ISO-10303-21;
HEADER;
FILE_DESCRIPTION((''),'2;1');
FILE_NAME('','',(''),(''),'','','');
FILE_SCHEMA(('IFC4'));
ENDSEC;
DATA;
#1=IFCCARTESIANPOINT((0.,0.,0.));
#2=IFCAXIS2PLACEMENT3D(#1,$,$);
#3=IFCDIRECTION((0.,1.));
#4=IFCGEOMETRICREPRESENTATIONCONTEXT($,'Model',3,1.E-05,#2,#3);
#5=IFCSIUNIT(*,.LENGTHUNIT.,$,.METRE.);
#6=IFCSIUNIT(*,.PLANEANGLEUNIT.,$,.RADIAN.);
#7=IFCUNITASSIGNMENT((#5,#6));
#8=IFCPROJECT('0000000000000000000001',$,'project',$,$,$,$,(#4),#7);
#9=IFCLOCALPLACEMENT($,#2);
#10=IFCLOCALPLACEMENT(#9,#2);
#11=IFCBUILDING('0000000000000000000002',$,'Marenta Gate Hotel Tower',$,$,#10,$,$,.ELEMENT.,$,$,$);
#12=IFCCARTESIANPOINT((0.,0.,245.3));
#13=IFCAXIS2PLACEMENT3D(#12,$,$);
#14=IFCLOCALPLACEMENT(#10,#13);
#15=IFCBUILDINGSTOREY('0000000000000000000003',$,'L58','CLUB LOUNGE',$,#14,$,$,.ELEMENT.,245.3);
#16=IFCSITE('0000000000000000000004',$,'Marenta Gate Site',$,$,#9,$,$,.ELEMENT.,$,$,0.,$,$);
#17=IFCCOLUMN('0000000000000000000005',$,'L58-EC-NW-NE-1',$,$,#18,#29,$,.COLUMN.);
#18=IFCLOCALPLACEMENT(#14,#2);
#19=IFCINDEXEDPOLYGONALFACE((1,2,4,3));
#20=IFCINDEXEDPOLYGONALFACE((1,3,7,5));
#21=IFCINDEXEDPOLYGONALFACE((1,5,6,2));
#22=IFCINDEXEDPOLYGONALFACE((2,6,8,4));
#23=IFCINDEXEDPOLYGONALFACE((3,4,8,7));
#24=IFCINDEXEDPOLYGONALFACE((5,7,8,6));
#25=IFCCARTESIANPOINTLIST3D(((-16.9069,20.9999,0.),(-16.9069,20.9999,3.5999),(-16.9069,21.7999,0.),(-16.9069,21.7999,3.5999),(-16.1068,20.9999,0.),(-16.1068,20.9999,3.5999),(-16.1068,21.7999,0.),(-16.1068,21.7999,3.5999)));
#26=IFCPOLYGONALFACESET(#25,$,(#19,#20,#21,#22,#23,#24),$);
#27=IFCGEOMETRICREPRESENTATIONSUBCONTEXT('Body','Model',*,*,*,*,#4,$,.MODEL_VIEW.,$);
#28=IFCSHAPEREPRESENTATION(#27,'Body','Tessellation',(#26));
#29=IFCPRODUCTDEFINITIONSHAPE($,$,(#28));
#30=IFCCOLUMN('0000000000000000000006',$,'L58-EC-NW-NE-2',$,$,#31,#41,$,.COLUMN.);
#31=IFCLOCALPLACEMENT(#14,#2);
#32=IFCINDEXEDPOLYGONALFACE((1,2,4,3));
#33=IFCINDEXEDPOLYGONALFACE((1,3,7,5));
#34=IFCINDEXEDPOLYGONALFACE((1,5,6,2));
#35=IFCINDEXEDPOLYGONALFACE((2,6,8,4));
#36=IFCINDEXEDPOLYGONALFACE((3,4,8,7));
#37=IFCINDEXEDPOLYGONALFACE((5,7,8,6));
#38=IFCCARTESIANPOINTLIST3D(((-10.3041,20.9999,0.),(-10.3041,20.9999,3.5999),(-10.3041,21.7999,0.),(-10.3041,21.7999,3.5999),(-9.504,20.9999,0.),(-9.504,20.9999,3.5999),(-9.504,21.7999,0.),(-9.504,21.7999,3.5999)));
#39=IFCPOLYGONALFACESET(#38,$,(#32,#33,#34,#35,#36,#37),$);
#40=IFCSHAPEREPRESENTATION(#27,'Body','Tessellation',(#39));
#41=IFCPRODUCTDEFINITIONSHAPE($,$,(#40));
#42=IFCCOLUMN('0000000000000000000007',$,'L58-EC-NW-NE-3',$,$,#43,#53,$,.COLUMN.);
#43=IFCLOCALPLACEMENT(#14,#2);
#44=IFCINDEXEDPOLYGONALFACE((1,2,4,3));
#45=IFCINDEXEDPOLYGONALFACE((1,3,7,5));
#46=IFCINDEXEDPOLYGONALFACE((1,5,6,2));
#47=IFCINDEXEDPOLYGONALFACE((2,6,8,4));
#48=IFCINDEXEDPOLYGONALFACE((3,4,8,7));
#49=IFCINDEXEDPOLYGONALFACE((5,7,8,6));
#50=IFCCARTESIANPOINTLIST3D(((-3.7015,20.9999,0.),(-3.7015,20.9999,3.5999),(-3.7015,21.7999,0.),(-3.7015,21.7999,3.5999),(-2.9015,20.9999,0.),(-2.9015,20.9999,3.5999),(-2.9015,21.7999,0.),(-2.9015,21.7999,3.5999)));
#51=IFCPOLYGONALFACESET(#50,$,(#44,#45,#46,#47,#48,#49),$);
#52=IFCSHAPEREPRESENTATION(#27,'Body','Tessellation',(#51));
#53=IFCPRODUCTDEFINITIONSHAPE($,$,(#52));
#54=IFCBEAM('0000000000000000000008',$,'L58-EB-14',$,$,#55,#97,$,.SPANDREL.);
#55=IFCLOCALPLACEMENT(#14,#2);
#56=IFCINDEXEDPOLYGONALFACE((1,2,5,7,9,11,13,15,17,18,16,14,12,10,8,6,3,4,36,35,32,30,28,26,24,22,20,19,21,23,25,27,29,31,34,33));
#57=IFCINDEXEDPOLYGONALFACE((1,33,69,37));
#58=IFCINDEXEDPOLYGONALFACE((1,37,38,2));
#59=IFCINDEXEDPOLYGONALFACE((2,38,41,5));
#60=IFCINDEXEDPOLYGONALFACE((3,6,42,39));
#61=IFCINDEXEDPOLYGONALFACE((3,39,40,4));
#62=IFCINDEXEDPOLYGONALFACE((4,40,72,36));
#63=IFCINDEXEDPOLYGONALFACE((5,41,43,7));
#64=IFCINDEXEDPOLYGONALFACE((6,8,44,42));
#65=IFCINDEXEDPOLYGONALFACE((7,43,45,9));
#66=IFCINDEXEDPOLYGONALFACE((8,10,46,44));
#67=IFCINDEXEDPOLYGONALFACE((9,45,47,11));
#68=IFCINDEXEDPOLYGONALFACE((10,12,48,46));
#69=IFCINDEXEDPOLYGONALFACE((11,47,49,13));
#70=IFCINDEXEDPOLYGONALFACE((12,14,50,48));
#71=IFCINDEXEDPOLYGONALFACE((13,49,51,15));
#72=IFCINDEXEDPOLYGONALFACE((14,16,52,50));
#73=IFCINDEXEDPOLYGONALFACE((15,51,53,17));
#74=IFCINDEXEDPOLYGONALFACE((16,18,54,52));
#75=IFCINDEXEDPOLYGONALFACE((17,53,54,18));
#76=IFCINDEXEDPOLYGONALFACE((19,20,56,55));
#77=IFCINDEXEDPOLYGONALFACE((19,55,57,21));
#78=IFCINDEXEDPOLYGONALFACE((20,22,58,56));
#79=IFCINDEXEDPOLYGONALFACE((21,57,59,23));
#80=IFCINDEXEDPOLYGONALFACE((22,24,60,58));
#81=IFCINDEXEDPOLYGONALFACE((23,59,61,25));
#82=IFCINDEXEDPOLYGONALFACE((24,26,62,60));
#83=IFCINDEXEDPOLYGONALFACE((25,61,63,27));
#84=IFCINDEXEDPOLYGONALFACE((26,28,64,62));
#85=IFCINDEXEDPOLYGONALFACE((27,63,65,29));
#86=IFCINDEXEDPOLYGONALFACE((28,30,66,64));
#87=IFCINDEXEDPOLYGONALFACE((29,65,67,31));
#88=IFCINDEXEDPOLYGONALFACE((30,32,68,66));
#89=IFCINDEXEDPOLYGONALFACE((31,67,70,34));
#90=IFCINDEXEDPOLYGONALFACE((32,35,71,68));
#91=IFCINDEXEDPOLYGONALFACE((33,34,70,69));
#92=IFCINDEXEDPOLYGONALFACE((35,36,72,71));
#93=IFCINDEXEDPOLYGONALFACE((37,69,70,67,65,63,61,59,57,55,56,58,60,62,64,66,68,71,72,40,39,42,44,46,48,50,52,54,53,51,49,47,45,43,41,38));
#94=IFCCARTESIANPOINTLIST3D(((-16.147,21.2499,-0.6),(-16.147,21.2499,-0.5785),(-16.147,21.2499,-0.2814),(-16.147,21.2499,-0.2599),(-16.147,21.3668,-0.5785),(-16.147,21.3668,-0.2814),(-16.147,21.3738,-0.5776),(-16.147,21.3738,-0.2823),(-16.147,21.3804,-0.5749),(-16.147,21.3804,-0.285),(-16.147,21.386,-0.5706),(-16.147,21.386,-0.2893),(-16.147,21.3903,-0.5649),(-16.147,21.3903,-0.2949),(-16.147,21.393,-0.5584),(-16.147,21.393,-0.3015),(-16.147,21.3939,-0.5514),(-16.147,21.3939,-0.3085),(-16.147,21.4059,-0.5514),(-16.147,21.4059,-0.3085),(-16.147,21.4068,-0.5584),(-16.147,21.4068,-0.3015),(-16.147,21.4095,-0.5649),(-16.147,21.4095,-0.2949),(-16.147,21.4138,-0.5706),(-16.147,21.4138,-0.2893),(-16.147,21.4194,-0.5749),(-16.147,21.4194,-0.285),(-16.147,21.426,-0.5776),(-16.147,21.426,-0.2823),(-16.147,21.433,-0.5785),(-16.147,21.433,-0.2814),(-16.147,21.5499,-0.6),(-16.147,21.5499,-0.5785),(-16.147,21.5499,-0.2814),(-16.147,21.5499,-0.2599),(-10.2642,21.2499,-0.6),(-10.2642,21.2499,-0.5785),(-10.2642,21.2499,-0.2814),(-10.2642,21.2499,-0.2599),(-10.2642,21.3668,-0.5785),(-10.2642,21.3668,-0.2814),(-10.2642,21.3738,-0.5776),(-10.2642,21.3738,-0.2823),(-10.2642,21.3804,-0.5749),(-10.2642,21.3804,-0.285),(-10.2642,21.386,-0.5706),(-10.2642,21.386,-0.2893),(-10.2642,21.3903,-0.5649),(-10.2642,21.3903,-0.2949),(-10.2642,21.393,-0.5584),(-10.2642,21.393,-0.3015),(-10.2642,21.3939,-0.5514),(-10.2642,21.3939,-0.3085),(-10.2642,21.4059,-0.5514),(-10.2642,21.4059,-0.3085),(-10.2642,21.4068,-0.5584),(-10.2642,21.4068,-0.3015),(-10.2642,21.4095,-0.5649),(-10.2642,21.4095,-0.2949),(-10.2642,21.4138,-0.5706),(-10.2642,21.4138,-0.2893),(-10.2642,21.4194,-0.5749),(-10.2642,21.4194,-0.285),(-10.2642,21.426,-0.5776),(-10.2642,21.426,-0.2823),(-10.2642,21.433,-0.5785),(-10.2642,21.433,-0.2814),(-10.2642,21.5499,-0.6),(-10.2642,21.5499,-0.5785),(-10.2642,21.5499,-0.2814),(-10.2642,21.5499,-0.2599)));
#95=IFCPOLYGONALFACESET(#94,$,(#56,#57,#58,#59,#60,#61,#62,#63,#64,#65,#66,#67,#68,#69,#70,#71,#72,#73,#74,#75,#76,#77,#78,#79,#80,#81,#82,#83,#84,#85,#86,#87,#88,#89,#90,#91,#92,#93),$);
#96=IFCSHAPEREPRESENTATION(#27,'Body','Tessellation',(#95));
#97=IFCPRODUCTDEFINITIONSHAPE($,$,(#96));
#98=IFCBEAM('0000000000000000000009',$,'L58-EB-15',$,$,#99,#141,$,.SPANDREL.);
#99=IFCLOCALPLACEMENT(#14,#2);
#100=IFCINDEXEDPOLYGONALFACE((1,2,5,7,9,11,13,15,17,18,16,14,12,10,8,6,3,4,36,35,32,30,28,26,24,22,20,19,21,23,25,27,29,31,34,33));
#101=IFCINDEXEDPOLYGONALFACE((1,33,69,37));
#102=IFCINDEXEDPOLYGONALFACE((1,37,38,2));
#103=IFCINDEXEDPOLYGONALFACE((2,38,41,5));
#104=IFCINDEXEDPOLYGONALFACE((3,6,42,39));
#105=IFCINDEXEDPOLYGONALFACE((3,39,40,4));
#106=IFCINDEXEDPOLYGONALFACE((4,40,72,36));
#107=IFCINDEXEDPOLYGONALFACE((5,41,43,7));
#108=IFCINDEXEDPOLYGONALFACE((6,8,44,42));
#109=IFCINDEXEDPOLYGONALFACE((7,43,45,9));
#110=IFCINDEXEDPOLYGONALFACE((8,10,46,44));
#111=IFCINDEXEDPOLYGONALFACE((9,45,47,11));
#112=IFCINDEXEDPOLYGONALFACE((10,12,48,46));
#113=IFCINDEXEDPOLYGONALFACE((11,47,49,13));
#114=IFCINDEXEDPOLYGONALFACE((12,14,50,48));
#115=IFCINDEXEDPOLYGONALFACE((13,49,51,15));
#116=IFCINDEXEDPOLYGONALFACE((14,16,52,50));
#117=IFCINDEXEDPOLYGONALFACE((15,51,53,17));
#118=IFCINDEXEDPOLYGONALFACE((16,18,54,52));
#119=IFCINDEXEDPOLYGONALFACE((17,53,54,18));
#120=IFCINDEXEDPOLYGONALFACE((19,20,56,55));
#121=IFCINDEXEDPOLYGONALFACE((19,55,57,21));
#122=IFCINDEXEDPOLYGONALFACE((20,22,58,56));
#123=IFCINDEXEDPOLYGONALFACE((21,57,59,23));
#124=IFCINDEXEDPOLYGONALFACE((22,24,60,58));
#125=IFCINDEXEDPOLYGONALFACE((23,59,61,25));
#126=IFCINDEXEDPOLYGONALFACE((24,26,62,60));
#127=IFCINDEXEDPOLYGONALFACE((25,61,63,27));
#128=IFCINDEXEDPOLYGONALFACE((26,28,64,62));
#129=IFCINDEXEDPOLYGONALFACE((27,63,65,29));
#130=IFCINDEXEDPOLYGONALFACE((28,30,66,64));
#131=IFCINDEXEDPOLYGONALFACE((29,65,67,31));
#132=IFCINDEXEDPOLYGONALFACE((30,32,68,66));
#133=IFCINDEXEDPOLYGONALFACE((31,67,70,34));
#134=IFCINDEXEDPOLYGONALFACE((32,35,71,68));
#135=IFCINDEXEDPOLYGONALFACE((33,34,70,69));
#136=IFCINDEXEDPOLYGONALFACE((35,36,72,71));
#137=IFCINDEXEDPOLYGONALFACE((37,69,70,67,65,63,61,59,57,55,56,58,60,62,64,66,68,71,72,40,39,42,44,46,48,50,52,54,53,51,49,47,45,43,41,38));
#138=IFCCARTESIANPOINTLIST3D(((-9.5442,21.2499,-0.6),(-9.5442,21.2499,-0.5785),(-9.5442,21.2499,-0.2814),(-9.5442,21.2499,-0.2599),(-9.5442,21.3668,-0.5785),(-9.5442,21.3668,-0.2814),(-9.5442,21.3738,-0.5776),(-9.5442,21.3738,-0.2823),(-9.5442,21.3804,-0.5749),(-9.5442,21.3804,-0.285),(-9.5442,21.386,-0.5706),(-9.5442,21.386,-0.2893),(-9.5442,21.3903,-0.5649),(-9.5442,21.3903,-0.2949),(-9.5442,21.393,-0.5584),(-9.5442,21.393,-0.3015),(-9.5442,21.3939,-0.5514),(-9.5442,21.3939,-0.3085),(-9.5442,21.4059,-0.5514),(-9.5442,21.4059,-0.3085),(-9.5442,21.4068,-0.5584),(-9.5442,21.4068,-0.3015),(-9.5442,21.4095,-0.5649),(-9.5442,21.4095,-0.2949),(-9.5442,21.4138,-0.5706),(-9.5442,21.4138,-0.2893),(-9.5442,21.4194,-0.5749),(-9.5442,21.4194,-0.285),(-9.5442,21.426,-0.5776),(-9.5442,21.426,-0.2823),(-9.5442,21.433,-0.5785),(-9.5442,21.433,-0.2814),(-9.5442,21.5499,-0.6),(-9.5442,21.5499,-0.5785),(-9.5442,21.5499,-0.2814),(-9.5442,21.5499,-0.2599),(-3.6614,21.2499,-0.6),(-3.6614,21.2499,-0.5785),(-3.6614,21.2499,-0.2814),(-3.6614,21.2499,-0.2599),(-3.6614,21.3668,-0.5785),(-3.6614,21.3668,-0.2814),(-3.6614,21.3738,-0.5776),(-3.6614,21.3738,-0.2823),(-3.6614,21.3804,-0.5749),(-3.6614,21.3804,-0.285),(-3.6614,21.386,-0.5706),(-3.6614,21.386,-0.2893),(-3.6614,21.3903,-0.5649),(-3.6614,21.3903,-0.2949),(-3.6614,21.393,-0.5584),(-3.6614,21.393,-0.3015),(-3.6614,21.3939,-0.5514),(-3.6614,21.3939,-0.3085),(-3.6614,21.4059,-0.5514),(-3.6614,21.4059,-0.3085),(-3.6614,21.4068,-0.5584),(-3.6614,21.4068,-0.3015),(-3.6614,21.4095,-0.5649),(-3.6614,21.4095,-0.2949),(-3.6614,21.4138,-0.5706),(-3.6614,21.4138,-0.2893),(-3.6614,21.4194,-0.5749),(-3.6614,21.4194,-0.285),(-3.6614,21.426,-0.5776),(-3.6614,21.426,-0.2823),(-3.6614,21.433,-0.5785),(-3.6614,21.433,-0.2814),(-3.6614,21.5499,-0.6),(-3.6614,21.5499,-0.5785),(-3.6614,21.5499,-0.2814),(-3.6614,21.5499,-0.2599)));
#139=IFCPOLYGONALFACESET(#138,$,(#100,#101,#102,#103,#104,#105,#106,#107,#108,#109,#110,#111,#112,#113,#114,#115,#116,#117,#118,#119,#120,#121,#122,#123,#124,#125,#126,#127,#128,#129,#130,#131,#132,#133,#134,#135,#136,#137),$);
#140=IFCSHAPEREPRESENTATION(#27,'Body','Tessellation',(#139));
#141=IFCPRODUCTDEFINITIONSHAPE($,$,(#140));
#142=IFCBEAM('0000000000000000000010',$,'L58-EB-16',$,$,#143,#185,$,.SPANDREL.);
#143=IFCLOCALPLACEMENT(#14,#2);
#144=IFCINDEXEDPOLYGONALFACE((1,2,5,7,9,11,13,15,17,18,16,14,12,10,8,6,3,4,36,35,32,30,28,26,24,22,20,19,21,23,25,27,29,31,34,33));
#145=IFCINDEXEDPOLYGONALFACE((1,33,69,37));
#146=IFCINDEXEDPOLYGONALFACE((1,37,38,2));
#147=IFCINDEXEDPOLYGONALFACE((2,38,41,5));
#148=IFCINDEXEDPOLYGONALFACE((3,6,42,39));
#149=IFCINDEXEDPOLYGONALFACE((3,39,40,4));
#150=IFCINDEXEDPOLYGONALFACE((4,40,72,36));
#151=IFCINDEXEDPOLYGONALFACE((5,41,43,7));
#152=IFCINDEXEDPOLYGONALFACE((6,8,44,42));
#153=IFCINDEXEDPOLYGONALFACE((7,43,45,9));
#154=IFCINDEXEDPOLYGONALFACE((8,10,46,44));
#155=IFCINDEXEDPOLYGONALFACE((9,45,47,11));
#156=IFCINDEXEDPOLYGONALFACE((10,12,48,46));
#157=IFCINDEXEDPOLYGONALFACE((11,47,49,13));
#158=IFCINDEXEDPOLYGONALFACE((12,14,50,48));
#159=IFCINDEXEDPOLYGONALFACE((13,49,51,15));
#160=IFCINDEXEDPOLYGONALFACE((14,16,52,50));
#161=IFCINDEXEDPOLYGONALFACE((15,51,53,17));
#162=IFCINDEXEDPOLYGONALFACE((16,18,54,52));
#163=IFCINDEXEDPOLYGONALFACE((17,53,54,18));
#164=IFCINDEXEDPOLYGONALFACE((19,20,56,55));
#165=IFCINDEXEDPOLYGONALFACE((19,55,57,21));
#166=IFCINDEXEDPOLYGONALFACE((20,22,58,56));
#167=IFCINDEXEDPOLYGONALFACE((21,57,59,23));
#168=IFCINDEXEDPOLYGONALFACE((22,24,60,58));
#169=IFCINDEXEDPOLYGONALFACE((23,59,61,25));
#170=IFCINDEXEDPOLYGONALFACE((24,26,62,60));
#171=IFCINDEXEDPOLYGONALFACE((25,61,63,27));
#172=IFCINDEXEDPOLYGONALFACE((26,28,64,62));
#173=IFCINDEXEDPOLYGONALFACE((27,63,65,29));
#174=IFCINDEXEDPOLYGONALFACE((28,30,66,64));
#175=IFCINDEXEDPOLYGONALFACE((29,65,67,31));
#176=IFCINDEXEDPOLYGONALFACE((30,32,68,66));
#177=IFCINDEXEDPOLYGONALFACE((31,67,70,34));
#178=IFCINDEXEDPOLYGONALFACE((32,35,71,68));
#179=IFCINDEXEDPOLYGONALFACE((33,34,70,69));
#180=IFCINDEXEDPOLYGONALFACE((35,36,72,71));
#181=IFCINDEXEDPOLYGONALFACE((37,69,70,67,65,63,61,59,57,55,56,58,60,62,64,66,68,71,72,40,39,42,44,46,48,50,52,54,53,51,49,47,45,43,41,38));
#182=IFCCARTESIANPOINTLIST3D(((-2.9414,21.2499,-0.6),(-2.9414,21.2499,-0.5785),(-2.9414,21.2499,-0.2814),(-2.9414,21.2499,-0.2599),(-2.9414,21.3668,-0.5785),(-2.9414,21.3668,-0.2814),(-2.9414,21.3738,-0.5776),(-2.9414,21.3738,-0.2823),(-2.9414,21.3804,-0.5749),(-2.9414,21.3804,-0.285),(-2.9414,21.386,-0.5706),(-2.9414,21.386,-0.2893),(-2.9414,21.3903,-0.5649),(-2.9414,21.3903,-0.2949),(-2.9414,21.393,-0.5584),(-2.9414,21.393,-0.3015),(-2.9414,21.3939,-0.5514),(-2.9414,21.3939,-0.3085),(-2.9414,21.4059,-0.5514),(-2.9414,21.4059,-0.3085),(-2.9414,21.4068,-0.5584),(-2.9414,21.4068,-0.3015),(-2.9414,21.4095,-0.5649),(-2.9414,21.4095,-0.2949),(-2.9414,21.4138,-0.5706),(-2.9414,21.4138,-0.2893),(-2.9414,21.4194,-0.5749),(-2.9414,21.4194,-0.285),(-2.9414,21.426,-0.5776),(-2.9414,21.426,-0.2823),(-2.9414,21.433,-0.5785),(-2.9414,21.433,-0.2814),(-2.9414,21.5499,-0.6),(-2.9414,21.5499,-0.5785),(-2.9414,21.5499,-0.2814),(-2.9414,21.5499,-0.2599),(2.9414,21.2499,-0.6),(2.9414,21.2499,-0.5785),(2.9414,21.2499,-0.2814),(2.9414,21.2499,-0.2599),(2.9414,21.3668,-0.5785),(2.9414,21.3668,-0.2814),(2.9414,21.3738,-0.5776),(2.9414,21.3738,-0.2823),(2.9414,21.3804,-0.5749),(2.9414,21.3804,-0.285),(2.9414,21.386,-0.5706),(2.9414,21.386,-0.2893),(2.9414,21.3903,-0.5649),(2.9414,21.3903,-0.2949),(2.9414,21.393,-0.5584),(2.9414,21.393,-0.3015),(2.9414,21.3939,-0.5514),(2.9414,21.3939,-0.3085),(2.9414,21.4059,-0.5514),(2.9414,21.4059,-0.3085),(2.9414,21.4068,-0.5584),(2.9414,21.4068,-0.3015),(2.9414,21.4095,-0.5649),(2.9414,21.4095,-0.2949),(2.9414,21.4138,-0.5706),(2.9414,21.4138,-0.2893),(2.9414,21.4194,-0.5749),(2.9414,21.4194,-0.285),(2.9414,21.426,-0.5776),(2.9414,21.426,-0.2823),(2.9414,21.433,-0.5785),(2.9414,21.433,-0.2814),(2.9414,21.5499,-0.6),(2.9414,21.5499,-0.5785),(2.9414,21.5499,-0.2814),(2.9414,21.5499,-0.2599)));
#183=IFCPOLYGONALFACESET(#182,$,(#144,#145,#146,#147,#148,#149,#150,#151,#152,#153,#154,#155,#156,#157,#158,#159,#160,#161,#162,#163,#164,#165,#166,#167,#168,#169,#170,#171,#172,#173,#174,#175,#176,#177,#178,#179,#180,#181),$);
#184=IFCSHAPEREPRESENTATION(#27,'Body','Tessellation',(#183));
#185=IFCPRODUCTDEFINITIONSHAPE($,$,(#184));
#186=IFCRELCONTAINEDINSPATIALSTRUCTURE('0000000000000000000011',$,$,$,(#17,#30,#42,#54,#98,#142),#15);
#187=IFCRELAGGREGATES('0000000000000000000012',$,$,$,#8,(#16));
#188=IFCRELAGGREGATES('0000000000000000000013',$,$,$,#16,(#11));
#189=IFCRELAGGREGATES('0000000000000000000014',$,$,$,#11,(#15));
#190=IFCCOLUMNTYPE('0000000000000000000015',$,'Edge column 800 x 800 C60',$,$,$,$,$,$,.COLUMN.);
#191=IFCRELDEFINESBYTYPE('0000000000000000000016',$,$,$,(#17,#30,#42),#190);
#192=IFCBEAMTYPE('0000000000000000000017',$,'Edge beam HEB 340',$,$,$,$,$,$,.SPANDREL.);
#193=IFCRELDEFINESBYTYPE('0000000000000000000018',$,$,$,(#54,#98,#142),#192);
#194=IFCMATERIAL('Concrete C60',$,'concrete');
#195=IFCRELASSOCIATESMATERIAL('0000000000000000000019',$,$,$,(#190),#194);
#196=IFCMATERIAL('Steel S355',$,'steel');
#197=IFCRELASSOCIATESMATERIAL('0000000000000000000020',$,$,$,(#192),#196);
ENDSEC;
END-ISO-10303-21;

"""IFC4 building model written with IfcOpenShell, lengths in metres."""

from ifc_helpers import new_model, si_unit, direction, frame, origin, origin_2d, place, context, subcontext, project, spatial, rectangle, i_section, extrude, material, material_profile, profile_set, type_object, element, save


model = new_model("IFC4")

# Units and contexts
model_context = context("Model", 3, precision=1e-05, world=origin(), true_north=direction((0.0, 1.0)))
body_context = subcontext(model_context, "Body", "Model", "MODEL_VIEW")
ifc_project = project(units=[si_unit("LENGTHUNIT", "METRE"), si_unit("PLANEANGLEUNIT", "RADIAN")], contexts=[model_context])

# Site, building, storey
site_placement = place(None, origin())
site = spatial("IfcSite", under=ifc_project, at=site_placement, Name="Marenta Gate Site", CompositionType="ELEMENT", RefElevation=0.0)
building_placement = place(site_placement, origin())
building = spatial("IfcBuilding", under=site, at=building_placement, Name="Marenta Gate Hotel Tower", CompositionType="ELEMENT")
storey_placement = place(building_placement, frame((0.0, 0.0, 245.3)))
storey = spatial("IfcBuildingStorey", under=building, at=storey_placement, Name="L58", Description="CLUB LOUNGE", CompositionType="ELEMENT", Elevation=245.3)

# Columns
ifc_material_1 = material(Name="Concrete C60", Category="concrete")
ifc_material_profile_1 = material_profile(ifc_material_1, rectangle(XDim=0.8, YDim=0.8, at=origin_2d()), Name="800 x 800")
ifc_profile_set_1 = profile_set([ifc_material_profile_1], Name="Concrete C60")
column_type = type_object("IfcColumnType", Name="Edge column 800 x 800 C60", PredefinedType="COLUMN", material=ifc_profile_set_1)
for number, where, z_axis, x_axis, name in (
    (1, (-16.5068, 21.3999, 0.0), (0.0, 0.0, 1.0), (1.0, 0.0, 0.0), "L58-EC-NW-NE-1"),
    (2, (-9.9041, 21.3999, 0.0), (0.0, 0.0, 1.0), (1.0, 0.0, 0.0), "L58-EC-NW-NE-2"),
    (3, (-3.3015, 21.3999, 0.0), (0.0, 0.0, 1.0), (1.0, 0.0, 0.0), "L58-EC-NW-NE-3"),
):
    element("IfcColumn", number, at=place(storey_placement, frame(where, z_axis=z_axis, x_axis=x_axis)), inside=storey, type_object=column_type, Name=name, PredefinedType="COLUMN", context=body_context, shape_type="SweptSolid", body=[
        extrude(rectangle(XDim=0.8, YDim=0.8, at=origin_2d()), origin(), (0.0, 0.0, 1.0), 3.5999),
    ])

# Beams
ifc_material_2 = material(Name="Steel S355", Category="steel")
ifc_material_profile_2 = material_profile(ifc_material_2, i_section(OverallWidth=0.3, OverallDepth=0.3401, WebThickness=0.012, FlangeThickness=0.0215, FilletRadius=0.0271, at=origin_2d()), Name="HEB 340")
ifc_profile_set_2 = profile_set([ifc_material_profile_2], Name="Steel S355")
beam_type_1 = type_object("IfcBeamType", Name="Edge beam HEB 340", PredefinedType="SPANDREL", material=ifc_profile_set_2)
for number, where, z_axis, x_axis, name in (
    (4, (-16.147, 21.3999, -0.4299), (1.0, 0.0, 0.0), (0.0, 1.0, 0.0), "L58-EB-14"),
    (5, (-9.5442, 21.3999, -0.4299), (1.0, 0.0, 0.0), (0.0, 1.0, 0.0), "L58-EB-15"),
    (6, (-2.9414, 21.3999, -0.4299), (1.0, 0.0, 0.0), (0.0, 1.0, 0.0), "L58-EB-16"),
):
    element("IfcBeam", number, at=place(storey_placement, frame(where, z_axis=z_axis, x_axis=x_axis)), inside=storey, type_object=beam_type_1, Name=name, PredefinedType="SPANDREL", context=body_context, shape_type="SweptSolid", body=[
        extrude(i_section(OverallWidth=0.3, OverallDepth=0.3401, WebThickness=0.012, FlangeThickness=0.0215, FilletRadius=0.0271, at=origin_2d()), origin(), (0.0, 0.0, 1.0), 5.8828),
    ])

save(model, "model.ifc")
